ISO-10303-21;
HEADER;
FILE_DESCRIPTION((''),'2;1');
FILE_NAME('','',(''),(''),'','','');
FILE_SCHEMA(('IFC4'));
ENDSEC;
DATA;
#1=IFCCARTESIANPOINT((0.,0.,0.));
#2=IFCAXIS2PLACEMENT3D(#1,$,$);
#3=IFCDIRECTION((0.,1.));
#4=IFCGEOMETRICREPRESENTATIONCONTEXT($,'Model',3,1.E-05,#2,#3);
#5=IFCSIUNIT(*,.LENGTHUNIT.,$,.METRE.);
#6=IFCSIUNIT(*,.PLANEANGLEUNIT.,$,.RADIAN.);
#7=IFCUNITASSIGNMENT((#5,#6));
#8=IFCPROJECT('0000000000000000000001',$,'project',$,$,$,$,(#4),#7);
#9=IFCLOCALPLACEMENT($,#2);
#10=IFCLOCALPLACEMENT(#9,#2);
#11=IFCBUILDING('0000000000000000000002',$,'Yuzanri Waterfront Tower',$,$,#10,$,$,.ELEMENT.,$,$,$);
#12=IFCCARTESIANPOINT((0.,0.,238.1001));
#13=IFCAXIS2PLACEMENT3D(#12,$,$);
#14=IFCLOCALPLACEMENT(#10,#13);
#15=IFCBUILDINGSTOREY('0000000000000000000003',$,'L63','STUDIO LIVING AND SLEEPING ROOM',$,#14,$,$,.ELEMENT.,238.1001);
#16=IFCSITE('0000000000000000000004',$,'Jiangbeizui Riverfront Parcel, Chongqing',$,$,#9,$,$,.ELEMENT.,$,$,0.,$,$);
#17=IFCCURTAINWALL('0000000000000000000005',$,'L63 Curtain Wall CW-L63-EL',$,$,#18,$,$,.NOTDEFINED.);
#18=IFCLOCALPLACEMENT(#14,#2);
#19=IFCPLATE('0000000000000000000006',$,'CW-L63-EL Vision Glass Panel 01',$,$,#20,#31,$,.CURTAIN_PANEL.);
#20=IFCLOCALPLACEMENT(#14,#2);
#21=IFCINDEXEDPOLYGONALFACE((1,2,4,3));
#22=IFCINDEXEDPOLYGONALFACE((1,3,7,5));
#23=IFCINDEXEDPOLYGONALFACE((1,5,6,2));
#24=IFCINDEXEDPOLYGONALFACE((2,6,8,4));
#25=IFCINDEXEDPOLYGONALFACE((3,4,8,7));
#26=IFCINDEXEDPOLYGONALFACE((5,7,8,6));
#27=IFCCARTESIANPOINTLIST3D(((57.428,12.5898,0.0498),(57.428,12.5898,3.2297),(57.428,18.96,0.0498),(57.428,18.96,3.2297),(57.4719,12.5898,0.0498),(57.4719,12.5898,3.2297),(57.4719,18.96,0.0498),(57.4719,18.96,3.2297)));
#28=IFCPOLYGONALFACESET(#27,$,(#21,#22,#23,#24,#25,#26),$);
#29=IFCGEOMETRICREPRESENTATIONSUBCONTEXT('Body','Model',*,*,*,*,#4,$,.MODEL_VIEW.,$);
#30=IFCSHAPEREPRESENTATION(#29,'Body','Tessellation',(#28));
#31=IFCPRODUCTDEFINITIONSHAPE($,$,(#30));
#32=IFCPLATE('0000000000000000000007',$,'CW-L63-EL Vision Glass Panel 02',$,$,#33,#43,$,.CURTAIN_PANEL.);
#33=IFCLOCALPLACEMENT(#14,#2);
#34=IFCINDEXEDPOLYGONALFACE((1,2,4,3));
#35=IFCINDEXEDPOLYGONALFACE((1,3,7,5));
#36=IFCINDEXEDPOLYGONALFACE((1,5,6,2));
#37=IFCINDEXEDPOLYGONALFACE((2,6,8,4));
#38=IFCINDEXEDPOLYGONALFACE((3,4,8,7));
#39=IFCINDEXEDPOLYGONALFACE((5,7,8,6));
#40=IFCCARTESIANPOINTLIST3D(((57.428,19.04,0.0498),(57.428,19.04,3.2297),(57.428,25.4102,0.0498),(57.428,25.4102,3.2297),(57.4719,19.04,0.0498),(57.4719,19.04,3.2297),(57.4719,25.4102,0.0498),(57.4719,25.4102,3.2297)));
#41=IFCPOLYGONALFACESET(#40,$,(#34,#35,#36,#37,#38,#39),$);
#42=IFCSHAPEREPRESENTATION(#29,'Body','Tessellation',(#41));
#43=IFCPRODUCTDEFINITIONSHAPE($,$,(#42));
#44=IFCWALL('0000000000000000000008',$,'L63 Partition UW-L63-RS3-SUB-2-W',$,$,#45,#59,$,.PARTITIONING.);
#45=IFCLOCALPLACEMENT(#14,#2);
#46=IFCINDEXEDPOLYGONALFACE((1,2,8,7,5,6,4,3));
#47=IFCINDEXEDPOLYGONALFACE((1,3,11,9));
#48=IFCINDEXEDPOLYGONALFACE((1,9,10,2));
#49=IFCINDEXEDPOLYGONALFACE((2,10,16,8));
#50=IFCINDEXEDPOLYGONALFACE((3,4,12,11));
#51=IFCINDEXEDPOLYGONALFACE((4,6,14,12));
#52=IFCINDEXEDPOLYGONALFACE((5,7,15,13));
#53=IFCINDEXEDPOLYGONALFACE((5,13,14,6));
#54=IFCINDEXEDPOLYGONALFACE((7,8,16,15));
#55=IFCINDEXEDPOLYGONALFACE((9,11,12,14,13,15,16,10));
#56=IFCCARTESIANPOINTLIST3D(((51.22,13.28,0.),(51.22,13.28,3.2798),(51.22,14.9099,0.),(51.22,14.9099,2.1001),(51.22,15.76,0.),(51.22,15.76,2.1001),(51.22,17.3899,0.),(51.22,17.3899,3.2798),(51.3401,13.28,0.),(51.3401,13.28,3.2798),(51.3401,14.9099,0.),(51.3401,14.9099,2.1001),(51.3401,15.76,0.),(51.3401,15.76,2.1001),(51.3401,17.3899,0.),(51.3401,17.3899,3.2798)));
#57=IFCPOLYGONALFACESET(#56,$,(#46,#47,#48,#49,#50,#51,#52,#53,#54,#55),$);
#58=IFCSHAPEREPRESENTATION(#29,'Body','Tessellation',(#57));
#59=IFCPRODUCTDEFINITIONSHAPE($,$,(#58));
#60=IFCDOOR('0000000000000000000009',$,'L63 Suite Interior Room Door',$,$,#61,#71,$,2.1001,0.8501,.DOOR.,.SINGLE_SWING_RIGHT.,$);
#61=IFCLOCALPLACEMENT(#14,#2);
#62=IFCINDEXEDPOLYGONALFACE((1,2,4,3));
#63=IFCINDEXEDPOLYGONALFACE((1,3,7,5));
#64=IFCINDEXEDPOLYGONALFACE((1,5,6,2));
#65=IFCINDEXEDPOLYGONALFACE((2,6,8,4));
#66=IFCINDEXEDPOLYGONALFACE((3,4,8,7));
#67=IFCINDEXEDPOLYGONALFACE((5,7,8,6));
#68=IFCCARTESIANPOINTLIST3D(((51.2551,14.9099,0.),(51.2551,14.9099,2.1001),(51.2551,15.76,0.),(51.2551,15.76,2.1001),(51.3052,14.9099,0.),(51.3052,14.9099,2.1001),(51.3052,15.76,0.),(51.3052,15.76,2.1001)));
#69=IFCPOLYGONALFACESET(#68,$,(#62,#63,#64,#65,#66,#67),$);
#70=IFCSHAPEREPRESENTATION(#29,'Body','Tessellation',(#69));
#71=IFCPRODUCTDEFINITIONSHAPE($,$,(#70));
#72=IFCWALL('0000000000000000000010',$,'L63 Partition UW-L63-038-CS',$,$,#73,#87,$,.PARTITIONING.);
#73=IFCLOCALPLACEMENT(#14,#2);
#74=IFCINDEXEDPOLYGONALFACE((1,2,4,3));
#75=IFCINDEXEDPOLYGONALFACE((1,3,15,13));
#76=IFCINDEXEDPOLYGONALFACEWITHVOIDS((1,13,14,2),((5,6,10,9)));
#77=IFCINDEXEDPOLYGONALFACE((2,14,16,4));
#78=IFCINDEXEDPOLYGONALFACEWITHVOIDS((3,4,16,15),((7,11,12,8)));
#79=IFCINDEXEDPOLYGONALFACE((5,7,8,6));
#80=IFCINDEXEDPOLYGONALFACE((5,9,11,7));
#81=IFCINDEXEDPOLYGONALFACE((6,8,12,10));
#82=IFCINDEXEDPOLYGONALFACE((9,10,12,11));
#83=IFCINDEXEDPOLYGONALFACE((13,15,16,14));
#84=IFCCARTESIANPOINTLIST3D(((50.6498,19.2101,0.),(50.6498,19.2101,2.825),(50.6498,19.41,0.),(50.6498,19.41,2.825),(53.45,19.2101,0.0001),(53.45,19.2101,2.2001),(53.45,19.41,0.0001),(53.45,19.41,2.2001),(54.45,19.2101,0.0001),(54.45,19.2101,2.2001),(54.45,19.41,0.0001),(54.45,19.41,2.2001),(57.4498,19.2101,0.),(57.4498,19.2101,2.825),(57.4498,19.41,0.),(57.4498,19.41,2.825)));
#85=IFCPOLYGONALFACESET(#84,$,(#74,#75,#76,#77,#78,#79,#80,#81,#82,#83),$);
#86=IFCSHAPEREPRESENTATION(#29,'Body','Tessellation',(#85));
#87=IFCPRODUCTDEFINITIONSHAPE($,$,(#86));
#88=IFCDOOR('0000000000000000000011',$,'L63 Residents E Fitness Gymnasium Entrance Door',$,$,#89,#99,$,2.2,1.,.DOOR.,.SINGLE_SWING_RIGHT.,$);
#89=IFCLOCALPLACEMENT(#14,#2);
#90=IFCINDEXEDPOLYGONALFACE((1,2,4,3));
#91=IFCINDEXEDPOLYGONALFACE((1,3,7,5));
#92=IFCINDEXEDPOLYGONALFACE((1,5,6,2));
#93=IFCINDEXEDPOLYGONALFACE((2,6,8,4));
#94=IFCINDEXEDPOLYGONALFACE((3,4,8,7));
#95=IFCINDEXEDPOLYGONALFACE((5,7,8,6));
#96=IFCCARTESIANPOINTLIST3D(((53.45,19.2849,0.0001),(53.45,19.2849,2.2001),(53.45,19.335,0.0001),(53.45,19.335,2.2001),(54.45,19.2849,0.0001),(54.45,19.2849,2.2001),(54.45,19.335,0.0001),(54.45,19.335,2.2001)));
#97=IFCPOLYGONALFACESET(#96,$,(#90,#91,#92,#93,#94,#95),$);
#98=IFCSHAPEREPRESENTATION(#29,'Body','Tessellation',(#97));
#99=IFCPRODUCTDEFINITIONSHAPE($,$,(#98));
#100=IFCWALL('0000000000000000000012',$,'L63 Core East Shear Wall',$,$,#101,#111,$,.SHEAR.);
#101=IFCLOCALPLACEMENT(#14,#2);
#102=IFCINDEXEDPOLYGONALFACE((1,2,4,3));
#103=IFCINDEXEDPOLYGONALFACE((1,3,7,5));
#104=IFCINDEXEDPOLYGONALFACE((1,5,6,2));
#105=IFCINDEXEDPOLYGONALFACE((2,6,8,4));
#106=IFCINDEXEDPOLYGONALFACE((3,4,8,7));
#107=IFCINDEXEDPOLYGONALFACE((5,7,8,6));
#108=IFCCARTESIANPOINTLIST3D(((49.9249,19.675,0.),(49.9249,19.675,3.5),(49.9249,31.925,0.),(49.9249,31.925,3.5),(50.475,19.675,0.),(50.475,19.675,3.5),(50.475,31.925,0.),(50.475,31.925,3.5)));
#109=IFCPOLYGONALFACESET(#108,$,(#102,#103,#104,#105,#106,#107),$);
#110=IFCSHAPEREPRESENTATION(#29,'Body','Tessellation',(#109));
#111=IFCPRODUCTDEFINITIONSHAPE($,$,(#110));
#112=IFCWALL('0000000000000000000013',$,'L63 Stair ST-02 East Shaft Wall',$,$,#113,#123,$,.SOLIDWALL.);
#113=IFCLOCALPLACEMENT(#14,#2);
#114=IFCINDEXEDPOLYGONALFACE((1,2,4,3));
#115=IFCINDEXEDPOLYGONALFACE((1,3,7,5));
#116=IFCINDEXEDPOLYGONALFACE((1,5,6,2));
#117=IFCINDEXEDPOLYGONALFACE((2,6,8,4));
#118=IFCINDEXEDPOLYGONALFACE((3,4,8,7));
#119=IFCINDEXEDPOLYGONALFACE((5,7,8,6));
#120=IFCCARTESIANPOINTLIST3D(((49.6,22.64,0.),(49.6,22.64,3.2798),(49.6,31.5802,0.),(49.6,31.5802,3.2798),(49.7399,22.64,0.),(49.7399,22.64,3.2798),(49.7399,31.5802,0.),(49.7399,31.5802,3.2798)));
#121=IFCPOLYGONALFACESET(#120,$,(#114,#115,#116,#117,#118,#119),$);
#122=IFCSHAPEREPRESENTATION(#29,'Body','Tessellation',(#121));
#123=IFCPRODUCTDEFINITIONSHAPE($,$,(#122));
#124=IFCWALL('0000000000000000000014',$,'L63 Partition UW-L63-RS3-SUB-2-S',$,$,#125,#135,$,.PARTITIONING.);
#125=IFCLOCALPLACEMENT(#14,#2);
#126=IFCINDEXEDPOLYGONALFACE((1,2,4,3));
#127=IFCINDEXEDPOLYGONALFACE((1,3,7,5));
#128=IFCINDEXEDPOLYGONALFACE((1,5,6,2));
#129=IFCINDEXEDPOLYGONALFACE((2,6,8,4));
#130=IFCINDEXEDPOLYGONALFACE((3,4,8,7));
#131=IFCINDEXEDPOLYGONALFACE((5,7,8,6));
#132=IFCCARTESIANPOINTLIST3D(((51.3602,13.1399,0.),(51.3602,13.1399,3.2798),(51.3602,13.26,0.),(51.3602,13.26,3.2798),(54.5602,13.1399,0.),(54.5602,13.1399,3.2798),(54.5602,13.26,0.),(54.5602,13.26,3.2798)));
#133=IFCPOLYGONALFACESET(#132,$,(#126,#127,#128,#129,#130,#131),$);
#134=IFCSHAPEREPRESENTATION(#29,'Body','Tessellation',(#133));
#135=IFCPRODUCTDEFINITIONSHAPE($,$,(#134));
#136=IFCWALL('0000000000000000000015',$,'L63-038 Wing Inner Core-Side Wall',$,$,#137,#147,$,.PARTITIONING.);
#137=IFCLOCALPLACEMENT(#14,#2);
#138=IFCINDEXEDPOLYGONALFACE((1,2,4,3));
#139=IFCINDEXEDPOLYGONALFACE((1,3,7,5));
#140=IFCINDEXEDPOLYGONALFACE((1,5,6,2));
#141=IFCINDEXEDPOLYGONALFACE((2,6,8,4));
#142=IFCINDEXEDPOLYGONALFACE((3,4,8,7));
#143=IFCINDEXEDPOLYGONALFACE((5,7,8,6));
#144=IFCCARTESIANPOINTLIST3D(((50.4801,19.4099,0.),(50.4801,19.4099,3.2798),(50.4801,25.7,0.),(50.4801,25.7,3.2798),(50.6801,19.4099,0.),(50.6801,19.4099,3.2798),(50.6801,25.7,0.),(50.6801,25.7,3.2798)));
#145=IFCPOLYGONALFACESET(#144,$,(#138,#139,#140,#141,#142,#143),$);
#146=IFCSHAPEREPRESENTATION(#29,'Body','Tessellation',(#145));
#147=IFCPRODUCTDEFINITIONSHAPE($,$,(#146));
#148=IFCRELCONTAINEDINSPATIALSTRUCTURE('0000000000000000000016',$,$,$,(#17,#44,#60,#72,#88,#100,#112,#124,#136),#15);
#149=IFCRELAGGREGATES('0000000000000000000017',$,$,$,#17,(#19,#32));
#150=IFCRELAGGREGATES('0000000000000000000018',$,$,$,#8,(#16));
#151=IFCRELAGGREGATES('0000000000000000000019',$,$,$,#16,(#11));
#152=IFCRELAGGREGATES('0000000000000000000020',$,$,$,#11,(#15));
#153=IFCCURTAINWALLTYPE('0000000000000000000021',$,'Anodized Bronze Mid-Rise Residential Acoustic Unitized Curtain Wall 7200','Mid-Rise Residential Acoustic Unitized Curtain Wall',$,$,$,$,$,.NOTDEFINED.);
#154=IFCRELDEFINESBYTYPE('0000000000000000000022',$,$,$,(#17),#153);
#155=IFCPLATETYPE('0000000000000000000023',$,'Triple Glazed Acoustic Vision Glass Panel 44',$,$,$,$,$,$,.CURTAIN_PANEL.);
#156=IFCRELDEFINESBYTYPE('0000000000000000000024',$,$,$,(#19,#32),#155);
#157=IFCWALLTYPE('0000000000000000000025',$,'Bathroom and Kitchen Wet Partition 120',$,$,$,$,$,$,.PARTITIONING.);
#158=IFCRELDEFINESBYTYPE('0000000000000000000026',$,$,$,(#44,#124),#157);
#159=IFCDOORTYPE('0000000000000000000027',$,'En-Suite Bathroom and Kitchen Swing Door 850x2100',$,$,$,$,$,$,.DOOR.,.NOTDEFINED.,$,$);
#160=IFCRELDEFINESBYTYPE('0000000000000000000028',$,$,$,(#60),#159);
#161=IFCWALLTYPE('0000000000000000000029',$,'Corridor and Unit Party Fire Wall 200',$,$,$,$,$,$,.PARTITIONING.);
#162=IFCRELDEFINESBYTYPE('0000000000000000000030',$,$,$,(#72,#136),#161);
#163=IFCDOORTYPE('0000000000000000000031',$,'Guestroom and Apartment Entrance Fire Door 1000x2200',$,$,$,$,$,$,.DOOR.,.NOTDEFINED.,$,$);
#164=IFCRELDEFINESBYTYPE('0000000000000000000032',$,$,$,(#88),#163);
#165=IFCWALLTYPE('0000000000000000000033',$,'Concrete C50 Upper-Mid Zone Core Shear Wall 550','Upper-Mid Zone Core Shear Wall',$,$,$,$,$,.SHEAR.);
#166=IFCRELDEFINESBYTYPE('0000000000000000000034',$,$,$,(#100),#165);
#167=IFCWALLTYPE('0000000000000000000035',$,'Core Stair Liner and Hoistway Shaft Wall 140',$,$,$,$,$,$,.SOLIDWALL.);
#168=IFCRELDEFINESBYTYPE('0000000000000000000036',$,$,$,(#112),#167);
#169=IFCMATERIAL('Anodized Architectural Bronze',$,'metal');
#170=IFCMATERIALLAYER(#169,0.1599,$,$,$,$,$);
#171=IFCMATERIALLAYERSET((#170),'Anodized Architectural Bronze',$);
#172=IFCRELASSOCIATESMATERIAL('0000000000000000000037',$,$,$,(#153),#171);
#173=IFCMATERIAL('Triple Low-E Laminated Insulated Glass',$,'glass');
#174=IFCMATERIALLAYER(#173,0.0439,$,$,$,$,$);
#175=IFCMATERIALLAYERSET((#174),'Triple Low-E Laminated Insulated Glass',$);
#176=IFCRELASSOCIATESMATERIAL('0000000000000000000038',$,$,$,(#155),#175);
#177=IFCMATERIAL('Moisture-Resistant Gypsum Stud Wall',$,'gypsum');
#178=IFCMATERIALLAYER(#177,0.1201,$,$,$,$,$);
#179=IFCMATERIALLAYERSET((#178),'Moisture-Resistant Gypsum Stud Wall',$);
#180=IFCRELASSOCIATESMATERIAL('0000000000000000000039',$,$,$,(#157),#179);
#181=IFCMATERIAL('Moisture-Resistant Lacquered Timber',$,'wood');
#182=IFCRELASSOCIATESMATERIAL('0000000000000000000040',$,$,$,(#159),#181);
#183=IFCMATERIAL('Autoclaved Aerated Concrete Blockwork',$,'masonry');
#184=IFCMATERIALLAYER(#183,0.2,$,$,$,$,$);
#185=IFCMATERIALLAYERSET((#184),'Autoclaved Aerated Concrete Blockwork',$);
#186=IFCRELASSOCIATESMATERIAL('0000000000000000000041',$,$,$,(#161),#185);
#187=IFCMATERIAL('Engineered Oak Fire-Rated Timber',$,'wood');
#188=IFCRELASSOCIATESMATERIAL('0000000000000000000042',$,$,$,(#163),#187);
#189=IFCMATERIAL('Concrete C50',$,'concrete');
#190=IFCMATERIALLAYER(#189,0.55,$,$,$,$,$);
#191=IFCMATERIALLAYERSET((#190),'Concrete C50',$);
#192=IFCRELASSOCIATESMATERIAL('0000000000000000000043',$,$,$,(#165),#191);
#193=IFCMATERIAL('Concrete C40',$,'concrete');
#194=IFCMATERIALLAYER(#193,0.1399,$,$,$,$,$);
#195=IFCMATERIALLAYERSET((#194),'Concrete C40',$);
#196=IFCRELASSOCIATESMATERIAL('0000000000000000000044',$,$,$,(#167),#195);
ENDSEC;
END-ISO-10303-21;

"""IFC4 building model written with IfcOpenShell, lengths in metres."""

from ifc_helpers import new_model, si_unit, direction, frame, frame_2d, origin, origin_2d, place, context, subcontext, project, spatial, rectangle, extrude, source, transform, mapped, material, layer, layer_set, type_object, element, fill, aggregate, save


model = new_model("IFC4")

# Units and contexts
model_context = context("Model", 3, precision=1e-05, world=origin(), true_north=direction((0.0, 1.0)))
body_context = subcontext(model_context, "Body", "Model", "MODEL_VIEW")
ifc_project = project(units=[si_unit("LENGTHUNIT", "METRE"), si_unit("PLANEANGLEUNIT", "RADIAN")], contexts=[model_context])

# Site, building, storey
site_placement = place(None, origin())
site = spatial("IfcSite", under=ifc_project, at=site_placement, Name="Jiangbeizui Riverfront Parcel, Chongqing", CompositionType="ELEMENT", RefElevation=0.0)
building_placement = place(site_placement, origin())
building = spatial("IfcBuilding", under=site, at=building_placement, Name="Yuzanri Waterfront Tower", CompositionType="ELEMENT")
storey_placement = place(building_placement, frame((0.0, 0.0, 238.1001)))
storey = spatial("IfcBuildingStorey", under=building, at=storey_placement, Name="L63", Description="STUDIO LIVING AND SLEEPING ROOM", CompositionType="ELEMENT", Elevation=238.1001)

# Curtain wall, plates
ifc_material_1 = material(Name="Anodized Architectural Bronze", Category="metal")
ifc_layer_1 = layer(ifc_material_1, 0.1599)
ifc_layer_set_1 = layer_set([ifc_layer_1], Name="Anodized Architectural Bronze")
curtain_wall_type = type_object("IfcCurtainWallType", Name="Anodized Bronze Mid-Rise Residential Acoustic Unitized Curtain Wall 7200", Description="Mid-Rise Residential Acoustic Unitized Curtain Wall", PredefinedType="NOTDEFINED", material=ifc_layer_set_1)
curtain_wall_placement = place(storey_placement, origin())
curtain_wall = element("IfcCurtainWall", 1, at=curtain_wall_placement, inside=storey, type_object=curtain_wall_type, Name="L63 Curtain Wall CW-L63-EL", PredefinedType="NOTDEFINED")
ifc_material_2 = material(Name="Triple Low-E Laminated Insulated Glass", Category="glass")
ifc_layer_2 = layer(ifc_material_2, 0.0439)
ifc_layer_set_2 = layer_set([ifc_layer_2], Name="Triple Low-E Laminated Insulated Glass")
plate_type = type_object("IfcPlateType", Name="Triple Glazed Acoustic Vision Glass Panel 44", PredefinedType="CURTAIN_PANEL", material=ifc_layer_set_2)
shared_shape_1 = source(origin(), body_context, "Body", "SweptSolid", [
    extrude(rectangle(XDim=6.3701, YDim=0.0439, at=origin_2d()), origin(), (0.0, 0.0, 1.0), 3.1799),
])
plate_1_placement = place(storey_placement, frame((57.45, 15.7749, 0.0498), z_axis=(0.0, 0.0, 1.0), x_axis=(0.0, 1.0, 0.0)))
plate_1 = element("IfcPlate", 2, at=plate_1_placement, type_object=plate_type, Name="CW-L63-EL Vision Glass Panel 01", PredefinedType="CURTAIN_PANEL", context=body_context, shape_type="MappedRepresentation", body=[
    mapped(shared_shape_1, transform((0.0, 0.0, 0.0), scale=1.0)),
])
plate_2_placement = place(storey_placement, frame((57.45, 22.2251, 0.0498), z_axis=(0.0, 0.0, 1.0), x_axis=(0.0, 1.0, 0.0)))
plate_2 = element("IfcPlate", 3, at=plate_2_placement, type_object=plate_type, Name="CW-L63-EL Vision Glass Panel 02", PredefinedType="CURTAIN_PANEL", context=body_context, shape_type="MappedRepresentation", body=[
    mapped(shared_shape_1, transform((0.0, 0.0, 0.0), scale=1.0)),
])
aggregate(curtain_wall, [plate_1, plate_2])

# Walls, openings, doors
ifc_material_3 = material(Name="Moisture-Resistant Gypsum Stud Wall", Category="gypsum")
ifc_layer_3 = layer(ifc_material_3, 0.1201)
ifc_layer_set_3 = layer_set([ifc_layer_3], Name="Moisture-Resistant Gypsum Stud Wall")
wall_type_1 = type_object("IfcWallType", Name="Bathroom and Kitchen Wet Partition 120", PredefinedType="PARTITIONING", material=ifc_layer_set_3)
wall_1_placement = place(storey_placement, frame((51.28, 13.28, 0.0), z_axis=(0.0, 0.0, 1.0), x_axis=(0.0, 1.0, 0.0)))
wall_1 = element("IfcWall", 4, at=wall_1_placement, inside=storey, type_object=wall_type_1, Name="L63 Partition UW-L63-RS3-SUB-2-W", PredefinedType="PARTITIONING", context=body_context, shape_type="SweptSolid", body=[
    extrude(rectangle(XDim=4.1099, YDim=0.1201, at=frame_2d((2.0549, 0.0))), origin(), (0.0, 0.0, 1.0), 3.2798),
])
opening_1_placement = place(wall_1_placement, frame((1.6299, 0.0, 0.0)))
opening_1 = element("IfcOpeningElement", 5, at=opening_1_placement, cuts=wall_1, PredefinedType="OPENING", context=body_context, shape_type="SweptSolid", body=[
    extrude(rectangle(XDim=0.8501, YDim=2.1001, at=frame_2d((0.425, 1.05))), frame((0.0, 0.075, 0.0), z_axis=(0.0, -1.0, 0.0), x_axis=(1.0, 0.0, 0.0)), (0.0, 0.0, 1.0), 0.1499),
])
ifc_material_4 = material(Name="Moisture-Resistant Lacquered Timber", Category="wood")
door_type_1 = type_object("IfcDoorType", Name="En-Suite Bathroom and Kitchen Swing Door 850x2100", OperationType="NOTDEFINED", PredefinedType="DOOR", material=ifc_material_4)
shared_shape_2 = source(origin(), body_context, "Body", "SweptSolid", [
    extrude(rectangle(XDim=0.8501, YDim=2.1001, at=frame_2d((0.425, 1.05))), frame((0.0, 0.0249, 0.0), z_axis=(0.0, -1.0, 0.0), x_axis=(1.0, 0.0, 0.0)), (0.0, 0.0, 1.0), 0.05),
])
door_1_placement = place(opening_1_placement, origin())
door_1 = element("IfcDoor", 6, at=door_1_placement, inside=storey, type_object=door_type_1, Name="L63 Suite Interior Room Door", OperationType="SINGLE_SWING_RIGHT", OverallHeight=2.1001, OverallWidth=0.8501, PredefinedType="DOOR", context=body_context, shape_type="MappedRepresentation", body=[
    mapped(shared_shape_2, transform((0.0, 0.0, 0.0), scale=1.0)),
])
fill(opening_1, door_1)
ifc_material_5 = material(Name="Autoclaved Aerated Concrete Blockwork", Category="masonry")
ifc_layer_4 = layer(ifc_material_5, 0.2)
ifc_layer_set_4 = layer_set([ifc_layer_4], Name="Autoclaved Aerated Concrete Blockwork")
wall_type_2 = type_object("IfcWallType", Name="Corridor and Unit Party Fire Wall 200", PredefinedType="PARTITIONING", material=ifc_layer_set_4)
wall_2_placement = place(storey_placement, frame((50.6499, 19.3101, 0.0), z_axis=(0.0, 0.0, 1.0), x_axis=(1.0, 0.0, 0.0)))
wall_2 = element("IfcWall", 7, at=wall_2_placement, inside=storey, type_object=wall_type_2, Name="L63 Partition UW-L63-038-CS", PredefinedType="PARTITIONING", context=body_context, shape_type="SweptSolid", body=[
    extrude(rectangle(XDim=6.8, YDim=0.2, at=frame_2d((3.3999, 0.0))), origin(), (0.0, 0.0, 1.0), 2.825),
])
opening_2_placement = place(wall_2_placement, frame((2.8, 0.0, 0.0)))
opening_2 = element("IfcOpeningElement", 8, at=opening_2_placement, cuts=wall_2, PredefinedType="OPENING", context=body_context, shape_type="SweptSolid", body=[
    extrude(rectangle(XDim=1.0, YDim=2.2, at=frame_2d((0.5, 1.1001))), frame((0.0, 0.1147, 0.0), z_axis=(0.0, -1.0, 0.0), x_axis=(1.0, 0.0, 0.0)), (0.0, 0.0, 1.0), 0.2297),
])
ifc_material_6 = material(Name="Engineered Oak Fire-Rated Timber", Category="wood")
door_type_2 = type_object("IfcDoorType", Name="Guestroom and Apartment Entrance Fire Door 1000x2200", OperationType="NOTDEFINED", PredefinedType="DOOR", material=ifc_material_6)
shared_shape_3 = source(origin(), body_context, "Body", "SweptSolid", [
    extrude(rectangle(XDim=1.0, YDim=2.2, at=frame_2d((0.5, 1.1001))), frame((0.0, 0.0249, 0.0), z_axis=(0.0, -1.0, 0.0), x_axis=(1.0, 0.0, 0.0)), (0.0, 0.0, 1.0), 0.05),
])
door_2_placement = place(opening_2_placement, origin())
door_2 = element("IfcDoor", 9, at=door_2_placement, inside=storey, type_object=door_type_2, Name="L63 Residents E Fitness Gymnasium Entrance Door", OperationType="SINGLE_SWING_RIGHT", OverallHeight=2.2, OverallWidth=1.0, PredefinedType="DOOR", context=body_context, shape_type="MappedRepresentation", body=[
    mapped(shared_shape_3, transform((0.0, 0.0, 0.0), scale=1.0)),
])
fill(opening_2, door_2)

# Walls
ifc_material_7 = material(Name="Concrete C50", Category="concrete")
ifc_layer_5 = layer(ifc_material_7, 0.55)
ifc_layer_set_5 = layer_set([ifc_layer_5], Name="Concrete C50")
wall_type_3 = type_object("IfcWallType", Name="Concrete C50 Upper-Mid Zone Core Shear Wall 550", Description="Upper-Mid Zone Core Shear Wall", PredefinedType="SHEAR", material=ifc_layer_set_5)
shared_shape_4 = source(origin(), body_context, "Body", "SweptSolid", [
    extrude(rectangle(XDim=12.25, YDim=0.55, at=frame_2d((6.125, 0.0))), origin(), (0.0, 0.0, 1.0), 3.5),
])
wall_3_placement = place(storey_placement, frame((50.2, 19.675, 0.0), z_axis=(0.0, 0.0, 1.0), x_axis=(0.0, 1.0, 0.0)))
element("IfcWall", 10, at=wall_3_placement, inside=storey, type_object=wall_type_3, Name="L63 Core East Shear Wall", PredefinedType="SHEAR", context=body_context, shape_type="MappedRepresentation", body=[
    mapped(shared_shape_4, transform((0.0, 0.0, 0.0), scale=1.0)),
])
ifc_material_8 = material(Name="Concrete C40", Category="concrete")
ifc_layer_6 = layer(ifc_material_8, 0.1399)
ifc_layer_set_6 = layer_set([ifc_layer_6], Name="Concrete C40")
wall_type_4 = type_object("IfcWallType", Name="Core Stair Liner and Hoistway Shaft Wall 140", PredefinedType="SOLIDWALL", material=ifc_layer_set_6)
shared_shape_5 = source(origin(), body_context, "Body", "SweptSolid", [
    extrude(rectangle(XDim=8.9402, YDim=0.1399, at=frame_2d((4.4702, 0.0))), origin(), (0.0, 0.0, 1.0), 3.2798),
])
wall_4_placement = place(storey_placement, frame((49.6699, 22.6399, 0.0), z_axis=(0.0, 0.0, 1.0), x_axis=(0.0, 1.0, 0.0)))
element("IfcWall", 11, at=wall_4_placement, inside=storey, type_object=wall_type_4, Name="L63 Stair ST-02 East Shaft Wall", PredefinedType="SOLIDWALL", context=body_context, shape_type="MappedRepresentation", body=[
    mapped(shared_shape_5, transform((0.0, 0.0, 0.0), scale=1.0)),
])
shared_shape_6 = source(origin(), body_context, "Body", "SweptSolid", [
    extrude(rectangle(XDim=3.2, YDim=0.1201, at=frame_2d((1.6001, 0.0))), origin(), (0.0, 0.0, 1.0), 3.2798),
])
wall_5_placement = place(storey_placement, frame((51.3601, 13.2, 0.0), z_axis=(0.0, 0.0, 1.0), x_axis=(1.0, 0.0, 0.0)))
element("IfcWall", 12, at=wall_5_placement, inside=storey, type_object=wall_type_1, Name="L63 Partition UW-L63-RS3-SUB-2-S", PredefinedType="PARTITIONING", context=body_context, shape_type="MappedRepresentation", body=[
    mapped(shared_shape_6, transform((0.0, 0.0, 0.0), scale=1.0)),
])
shared_shape_7 = source(origin(), body_context, "Body", "SweptSolid", [
    extrude(rectangle(XDim=6.29, YDim=0.2, at=frame_2d((3.145, 0.0))), origin(), (0.0, 0.0, 1.0), 3.2798),
])
wall_6_placement = place(storey_placement, frame((50.5801, 19.4099, 0.0), z_axis=(0.0, 0.0, 1.0), x_axis=(0.0, 1.0, 0.0)))
element("IfcWall", 13, at=wall_6_placement, inside=storey, type_object=wall_type_2, Name="L63-038 Wing Inner Core-Side Wall", PredefinedType="PARTITIONING", context=body_context, shape_type="MappedRepresentation", body=[
    mapped(shared_shape_7, transform((0.0, 0.0, 0.0), scale=1.0)),
])

save(model, "model.ifc")
